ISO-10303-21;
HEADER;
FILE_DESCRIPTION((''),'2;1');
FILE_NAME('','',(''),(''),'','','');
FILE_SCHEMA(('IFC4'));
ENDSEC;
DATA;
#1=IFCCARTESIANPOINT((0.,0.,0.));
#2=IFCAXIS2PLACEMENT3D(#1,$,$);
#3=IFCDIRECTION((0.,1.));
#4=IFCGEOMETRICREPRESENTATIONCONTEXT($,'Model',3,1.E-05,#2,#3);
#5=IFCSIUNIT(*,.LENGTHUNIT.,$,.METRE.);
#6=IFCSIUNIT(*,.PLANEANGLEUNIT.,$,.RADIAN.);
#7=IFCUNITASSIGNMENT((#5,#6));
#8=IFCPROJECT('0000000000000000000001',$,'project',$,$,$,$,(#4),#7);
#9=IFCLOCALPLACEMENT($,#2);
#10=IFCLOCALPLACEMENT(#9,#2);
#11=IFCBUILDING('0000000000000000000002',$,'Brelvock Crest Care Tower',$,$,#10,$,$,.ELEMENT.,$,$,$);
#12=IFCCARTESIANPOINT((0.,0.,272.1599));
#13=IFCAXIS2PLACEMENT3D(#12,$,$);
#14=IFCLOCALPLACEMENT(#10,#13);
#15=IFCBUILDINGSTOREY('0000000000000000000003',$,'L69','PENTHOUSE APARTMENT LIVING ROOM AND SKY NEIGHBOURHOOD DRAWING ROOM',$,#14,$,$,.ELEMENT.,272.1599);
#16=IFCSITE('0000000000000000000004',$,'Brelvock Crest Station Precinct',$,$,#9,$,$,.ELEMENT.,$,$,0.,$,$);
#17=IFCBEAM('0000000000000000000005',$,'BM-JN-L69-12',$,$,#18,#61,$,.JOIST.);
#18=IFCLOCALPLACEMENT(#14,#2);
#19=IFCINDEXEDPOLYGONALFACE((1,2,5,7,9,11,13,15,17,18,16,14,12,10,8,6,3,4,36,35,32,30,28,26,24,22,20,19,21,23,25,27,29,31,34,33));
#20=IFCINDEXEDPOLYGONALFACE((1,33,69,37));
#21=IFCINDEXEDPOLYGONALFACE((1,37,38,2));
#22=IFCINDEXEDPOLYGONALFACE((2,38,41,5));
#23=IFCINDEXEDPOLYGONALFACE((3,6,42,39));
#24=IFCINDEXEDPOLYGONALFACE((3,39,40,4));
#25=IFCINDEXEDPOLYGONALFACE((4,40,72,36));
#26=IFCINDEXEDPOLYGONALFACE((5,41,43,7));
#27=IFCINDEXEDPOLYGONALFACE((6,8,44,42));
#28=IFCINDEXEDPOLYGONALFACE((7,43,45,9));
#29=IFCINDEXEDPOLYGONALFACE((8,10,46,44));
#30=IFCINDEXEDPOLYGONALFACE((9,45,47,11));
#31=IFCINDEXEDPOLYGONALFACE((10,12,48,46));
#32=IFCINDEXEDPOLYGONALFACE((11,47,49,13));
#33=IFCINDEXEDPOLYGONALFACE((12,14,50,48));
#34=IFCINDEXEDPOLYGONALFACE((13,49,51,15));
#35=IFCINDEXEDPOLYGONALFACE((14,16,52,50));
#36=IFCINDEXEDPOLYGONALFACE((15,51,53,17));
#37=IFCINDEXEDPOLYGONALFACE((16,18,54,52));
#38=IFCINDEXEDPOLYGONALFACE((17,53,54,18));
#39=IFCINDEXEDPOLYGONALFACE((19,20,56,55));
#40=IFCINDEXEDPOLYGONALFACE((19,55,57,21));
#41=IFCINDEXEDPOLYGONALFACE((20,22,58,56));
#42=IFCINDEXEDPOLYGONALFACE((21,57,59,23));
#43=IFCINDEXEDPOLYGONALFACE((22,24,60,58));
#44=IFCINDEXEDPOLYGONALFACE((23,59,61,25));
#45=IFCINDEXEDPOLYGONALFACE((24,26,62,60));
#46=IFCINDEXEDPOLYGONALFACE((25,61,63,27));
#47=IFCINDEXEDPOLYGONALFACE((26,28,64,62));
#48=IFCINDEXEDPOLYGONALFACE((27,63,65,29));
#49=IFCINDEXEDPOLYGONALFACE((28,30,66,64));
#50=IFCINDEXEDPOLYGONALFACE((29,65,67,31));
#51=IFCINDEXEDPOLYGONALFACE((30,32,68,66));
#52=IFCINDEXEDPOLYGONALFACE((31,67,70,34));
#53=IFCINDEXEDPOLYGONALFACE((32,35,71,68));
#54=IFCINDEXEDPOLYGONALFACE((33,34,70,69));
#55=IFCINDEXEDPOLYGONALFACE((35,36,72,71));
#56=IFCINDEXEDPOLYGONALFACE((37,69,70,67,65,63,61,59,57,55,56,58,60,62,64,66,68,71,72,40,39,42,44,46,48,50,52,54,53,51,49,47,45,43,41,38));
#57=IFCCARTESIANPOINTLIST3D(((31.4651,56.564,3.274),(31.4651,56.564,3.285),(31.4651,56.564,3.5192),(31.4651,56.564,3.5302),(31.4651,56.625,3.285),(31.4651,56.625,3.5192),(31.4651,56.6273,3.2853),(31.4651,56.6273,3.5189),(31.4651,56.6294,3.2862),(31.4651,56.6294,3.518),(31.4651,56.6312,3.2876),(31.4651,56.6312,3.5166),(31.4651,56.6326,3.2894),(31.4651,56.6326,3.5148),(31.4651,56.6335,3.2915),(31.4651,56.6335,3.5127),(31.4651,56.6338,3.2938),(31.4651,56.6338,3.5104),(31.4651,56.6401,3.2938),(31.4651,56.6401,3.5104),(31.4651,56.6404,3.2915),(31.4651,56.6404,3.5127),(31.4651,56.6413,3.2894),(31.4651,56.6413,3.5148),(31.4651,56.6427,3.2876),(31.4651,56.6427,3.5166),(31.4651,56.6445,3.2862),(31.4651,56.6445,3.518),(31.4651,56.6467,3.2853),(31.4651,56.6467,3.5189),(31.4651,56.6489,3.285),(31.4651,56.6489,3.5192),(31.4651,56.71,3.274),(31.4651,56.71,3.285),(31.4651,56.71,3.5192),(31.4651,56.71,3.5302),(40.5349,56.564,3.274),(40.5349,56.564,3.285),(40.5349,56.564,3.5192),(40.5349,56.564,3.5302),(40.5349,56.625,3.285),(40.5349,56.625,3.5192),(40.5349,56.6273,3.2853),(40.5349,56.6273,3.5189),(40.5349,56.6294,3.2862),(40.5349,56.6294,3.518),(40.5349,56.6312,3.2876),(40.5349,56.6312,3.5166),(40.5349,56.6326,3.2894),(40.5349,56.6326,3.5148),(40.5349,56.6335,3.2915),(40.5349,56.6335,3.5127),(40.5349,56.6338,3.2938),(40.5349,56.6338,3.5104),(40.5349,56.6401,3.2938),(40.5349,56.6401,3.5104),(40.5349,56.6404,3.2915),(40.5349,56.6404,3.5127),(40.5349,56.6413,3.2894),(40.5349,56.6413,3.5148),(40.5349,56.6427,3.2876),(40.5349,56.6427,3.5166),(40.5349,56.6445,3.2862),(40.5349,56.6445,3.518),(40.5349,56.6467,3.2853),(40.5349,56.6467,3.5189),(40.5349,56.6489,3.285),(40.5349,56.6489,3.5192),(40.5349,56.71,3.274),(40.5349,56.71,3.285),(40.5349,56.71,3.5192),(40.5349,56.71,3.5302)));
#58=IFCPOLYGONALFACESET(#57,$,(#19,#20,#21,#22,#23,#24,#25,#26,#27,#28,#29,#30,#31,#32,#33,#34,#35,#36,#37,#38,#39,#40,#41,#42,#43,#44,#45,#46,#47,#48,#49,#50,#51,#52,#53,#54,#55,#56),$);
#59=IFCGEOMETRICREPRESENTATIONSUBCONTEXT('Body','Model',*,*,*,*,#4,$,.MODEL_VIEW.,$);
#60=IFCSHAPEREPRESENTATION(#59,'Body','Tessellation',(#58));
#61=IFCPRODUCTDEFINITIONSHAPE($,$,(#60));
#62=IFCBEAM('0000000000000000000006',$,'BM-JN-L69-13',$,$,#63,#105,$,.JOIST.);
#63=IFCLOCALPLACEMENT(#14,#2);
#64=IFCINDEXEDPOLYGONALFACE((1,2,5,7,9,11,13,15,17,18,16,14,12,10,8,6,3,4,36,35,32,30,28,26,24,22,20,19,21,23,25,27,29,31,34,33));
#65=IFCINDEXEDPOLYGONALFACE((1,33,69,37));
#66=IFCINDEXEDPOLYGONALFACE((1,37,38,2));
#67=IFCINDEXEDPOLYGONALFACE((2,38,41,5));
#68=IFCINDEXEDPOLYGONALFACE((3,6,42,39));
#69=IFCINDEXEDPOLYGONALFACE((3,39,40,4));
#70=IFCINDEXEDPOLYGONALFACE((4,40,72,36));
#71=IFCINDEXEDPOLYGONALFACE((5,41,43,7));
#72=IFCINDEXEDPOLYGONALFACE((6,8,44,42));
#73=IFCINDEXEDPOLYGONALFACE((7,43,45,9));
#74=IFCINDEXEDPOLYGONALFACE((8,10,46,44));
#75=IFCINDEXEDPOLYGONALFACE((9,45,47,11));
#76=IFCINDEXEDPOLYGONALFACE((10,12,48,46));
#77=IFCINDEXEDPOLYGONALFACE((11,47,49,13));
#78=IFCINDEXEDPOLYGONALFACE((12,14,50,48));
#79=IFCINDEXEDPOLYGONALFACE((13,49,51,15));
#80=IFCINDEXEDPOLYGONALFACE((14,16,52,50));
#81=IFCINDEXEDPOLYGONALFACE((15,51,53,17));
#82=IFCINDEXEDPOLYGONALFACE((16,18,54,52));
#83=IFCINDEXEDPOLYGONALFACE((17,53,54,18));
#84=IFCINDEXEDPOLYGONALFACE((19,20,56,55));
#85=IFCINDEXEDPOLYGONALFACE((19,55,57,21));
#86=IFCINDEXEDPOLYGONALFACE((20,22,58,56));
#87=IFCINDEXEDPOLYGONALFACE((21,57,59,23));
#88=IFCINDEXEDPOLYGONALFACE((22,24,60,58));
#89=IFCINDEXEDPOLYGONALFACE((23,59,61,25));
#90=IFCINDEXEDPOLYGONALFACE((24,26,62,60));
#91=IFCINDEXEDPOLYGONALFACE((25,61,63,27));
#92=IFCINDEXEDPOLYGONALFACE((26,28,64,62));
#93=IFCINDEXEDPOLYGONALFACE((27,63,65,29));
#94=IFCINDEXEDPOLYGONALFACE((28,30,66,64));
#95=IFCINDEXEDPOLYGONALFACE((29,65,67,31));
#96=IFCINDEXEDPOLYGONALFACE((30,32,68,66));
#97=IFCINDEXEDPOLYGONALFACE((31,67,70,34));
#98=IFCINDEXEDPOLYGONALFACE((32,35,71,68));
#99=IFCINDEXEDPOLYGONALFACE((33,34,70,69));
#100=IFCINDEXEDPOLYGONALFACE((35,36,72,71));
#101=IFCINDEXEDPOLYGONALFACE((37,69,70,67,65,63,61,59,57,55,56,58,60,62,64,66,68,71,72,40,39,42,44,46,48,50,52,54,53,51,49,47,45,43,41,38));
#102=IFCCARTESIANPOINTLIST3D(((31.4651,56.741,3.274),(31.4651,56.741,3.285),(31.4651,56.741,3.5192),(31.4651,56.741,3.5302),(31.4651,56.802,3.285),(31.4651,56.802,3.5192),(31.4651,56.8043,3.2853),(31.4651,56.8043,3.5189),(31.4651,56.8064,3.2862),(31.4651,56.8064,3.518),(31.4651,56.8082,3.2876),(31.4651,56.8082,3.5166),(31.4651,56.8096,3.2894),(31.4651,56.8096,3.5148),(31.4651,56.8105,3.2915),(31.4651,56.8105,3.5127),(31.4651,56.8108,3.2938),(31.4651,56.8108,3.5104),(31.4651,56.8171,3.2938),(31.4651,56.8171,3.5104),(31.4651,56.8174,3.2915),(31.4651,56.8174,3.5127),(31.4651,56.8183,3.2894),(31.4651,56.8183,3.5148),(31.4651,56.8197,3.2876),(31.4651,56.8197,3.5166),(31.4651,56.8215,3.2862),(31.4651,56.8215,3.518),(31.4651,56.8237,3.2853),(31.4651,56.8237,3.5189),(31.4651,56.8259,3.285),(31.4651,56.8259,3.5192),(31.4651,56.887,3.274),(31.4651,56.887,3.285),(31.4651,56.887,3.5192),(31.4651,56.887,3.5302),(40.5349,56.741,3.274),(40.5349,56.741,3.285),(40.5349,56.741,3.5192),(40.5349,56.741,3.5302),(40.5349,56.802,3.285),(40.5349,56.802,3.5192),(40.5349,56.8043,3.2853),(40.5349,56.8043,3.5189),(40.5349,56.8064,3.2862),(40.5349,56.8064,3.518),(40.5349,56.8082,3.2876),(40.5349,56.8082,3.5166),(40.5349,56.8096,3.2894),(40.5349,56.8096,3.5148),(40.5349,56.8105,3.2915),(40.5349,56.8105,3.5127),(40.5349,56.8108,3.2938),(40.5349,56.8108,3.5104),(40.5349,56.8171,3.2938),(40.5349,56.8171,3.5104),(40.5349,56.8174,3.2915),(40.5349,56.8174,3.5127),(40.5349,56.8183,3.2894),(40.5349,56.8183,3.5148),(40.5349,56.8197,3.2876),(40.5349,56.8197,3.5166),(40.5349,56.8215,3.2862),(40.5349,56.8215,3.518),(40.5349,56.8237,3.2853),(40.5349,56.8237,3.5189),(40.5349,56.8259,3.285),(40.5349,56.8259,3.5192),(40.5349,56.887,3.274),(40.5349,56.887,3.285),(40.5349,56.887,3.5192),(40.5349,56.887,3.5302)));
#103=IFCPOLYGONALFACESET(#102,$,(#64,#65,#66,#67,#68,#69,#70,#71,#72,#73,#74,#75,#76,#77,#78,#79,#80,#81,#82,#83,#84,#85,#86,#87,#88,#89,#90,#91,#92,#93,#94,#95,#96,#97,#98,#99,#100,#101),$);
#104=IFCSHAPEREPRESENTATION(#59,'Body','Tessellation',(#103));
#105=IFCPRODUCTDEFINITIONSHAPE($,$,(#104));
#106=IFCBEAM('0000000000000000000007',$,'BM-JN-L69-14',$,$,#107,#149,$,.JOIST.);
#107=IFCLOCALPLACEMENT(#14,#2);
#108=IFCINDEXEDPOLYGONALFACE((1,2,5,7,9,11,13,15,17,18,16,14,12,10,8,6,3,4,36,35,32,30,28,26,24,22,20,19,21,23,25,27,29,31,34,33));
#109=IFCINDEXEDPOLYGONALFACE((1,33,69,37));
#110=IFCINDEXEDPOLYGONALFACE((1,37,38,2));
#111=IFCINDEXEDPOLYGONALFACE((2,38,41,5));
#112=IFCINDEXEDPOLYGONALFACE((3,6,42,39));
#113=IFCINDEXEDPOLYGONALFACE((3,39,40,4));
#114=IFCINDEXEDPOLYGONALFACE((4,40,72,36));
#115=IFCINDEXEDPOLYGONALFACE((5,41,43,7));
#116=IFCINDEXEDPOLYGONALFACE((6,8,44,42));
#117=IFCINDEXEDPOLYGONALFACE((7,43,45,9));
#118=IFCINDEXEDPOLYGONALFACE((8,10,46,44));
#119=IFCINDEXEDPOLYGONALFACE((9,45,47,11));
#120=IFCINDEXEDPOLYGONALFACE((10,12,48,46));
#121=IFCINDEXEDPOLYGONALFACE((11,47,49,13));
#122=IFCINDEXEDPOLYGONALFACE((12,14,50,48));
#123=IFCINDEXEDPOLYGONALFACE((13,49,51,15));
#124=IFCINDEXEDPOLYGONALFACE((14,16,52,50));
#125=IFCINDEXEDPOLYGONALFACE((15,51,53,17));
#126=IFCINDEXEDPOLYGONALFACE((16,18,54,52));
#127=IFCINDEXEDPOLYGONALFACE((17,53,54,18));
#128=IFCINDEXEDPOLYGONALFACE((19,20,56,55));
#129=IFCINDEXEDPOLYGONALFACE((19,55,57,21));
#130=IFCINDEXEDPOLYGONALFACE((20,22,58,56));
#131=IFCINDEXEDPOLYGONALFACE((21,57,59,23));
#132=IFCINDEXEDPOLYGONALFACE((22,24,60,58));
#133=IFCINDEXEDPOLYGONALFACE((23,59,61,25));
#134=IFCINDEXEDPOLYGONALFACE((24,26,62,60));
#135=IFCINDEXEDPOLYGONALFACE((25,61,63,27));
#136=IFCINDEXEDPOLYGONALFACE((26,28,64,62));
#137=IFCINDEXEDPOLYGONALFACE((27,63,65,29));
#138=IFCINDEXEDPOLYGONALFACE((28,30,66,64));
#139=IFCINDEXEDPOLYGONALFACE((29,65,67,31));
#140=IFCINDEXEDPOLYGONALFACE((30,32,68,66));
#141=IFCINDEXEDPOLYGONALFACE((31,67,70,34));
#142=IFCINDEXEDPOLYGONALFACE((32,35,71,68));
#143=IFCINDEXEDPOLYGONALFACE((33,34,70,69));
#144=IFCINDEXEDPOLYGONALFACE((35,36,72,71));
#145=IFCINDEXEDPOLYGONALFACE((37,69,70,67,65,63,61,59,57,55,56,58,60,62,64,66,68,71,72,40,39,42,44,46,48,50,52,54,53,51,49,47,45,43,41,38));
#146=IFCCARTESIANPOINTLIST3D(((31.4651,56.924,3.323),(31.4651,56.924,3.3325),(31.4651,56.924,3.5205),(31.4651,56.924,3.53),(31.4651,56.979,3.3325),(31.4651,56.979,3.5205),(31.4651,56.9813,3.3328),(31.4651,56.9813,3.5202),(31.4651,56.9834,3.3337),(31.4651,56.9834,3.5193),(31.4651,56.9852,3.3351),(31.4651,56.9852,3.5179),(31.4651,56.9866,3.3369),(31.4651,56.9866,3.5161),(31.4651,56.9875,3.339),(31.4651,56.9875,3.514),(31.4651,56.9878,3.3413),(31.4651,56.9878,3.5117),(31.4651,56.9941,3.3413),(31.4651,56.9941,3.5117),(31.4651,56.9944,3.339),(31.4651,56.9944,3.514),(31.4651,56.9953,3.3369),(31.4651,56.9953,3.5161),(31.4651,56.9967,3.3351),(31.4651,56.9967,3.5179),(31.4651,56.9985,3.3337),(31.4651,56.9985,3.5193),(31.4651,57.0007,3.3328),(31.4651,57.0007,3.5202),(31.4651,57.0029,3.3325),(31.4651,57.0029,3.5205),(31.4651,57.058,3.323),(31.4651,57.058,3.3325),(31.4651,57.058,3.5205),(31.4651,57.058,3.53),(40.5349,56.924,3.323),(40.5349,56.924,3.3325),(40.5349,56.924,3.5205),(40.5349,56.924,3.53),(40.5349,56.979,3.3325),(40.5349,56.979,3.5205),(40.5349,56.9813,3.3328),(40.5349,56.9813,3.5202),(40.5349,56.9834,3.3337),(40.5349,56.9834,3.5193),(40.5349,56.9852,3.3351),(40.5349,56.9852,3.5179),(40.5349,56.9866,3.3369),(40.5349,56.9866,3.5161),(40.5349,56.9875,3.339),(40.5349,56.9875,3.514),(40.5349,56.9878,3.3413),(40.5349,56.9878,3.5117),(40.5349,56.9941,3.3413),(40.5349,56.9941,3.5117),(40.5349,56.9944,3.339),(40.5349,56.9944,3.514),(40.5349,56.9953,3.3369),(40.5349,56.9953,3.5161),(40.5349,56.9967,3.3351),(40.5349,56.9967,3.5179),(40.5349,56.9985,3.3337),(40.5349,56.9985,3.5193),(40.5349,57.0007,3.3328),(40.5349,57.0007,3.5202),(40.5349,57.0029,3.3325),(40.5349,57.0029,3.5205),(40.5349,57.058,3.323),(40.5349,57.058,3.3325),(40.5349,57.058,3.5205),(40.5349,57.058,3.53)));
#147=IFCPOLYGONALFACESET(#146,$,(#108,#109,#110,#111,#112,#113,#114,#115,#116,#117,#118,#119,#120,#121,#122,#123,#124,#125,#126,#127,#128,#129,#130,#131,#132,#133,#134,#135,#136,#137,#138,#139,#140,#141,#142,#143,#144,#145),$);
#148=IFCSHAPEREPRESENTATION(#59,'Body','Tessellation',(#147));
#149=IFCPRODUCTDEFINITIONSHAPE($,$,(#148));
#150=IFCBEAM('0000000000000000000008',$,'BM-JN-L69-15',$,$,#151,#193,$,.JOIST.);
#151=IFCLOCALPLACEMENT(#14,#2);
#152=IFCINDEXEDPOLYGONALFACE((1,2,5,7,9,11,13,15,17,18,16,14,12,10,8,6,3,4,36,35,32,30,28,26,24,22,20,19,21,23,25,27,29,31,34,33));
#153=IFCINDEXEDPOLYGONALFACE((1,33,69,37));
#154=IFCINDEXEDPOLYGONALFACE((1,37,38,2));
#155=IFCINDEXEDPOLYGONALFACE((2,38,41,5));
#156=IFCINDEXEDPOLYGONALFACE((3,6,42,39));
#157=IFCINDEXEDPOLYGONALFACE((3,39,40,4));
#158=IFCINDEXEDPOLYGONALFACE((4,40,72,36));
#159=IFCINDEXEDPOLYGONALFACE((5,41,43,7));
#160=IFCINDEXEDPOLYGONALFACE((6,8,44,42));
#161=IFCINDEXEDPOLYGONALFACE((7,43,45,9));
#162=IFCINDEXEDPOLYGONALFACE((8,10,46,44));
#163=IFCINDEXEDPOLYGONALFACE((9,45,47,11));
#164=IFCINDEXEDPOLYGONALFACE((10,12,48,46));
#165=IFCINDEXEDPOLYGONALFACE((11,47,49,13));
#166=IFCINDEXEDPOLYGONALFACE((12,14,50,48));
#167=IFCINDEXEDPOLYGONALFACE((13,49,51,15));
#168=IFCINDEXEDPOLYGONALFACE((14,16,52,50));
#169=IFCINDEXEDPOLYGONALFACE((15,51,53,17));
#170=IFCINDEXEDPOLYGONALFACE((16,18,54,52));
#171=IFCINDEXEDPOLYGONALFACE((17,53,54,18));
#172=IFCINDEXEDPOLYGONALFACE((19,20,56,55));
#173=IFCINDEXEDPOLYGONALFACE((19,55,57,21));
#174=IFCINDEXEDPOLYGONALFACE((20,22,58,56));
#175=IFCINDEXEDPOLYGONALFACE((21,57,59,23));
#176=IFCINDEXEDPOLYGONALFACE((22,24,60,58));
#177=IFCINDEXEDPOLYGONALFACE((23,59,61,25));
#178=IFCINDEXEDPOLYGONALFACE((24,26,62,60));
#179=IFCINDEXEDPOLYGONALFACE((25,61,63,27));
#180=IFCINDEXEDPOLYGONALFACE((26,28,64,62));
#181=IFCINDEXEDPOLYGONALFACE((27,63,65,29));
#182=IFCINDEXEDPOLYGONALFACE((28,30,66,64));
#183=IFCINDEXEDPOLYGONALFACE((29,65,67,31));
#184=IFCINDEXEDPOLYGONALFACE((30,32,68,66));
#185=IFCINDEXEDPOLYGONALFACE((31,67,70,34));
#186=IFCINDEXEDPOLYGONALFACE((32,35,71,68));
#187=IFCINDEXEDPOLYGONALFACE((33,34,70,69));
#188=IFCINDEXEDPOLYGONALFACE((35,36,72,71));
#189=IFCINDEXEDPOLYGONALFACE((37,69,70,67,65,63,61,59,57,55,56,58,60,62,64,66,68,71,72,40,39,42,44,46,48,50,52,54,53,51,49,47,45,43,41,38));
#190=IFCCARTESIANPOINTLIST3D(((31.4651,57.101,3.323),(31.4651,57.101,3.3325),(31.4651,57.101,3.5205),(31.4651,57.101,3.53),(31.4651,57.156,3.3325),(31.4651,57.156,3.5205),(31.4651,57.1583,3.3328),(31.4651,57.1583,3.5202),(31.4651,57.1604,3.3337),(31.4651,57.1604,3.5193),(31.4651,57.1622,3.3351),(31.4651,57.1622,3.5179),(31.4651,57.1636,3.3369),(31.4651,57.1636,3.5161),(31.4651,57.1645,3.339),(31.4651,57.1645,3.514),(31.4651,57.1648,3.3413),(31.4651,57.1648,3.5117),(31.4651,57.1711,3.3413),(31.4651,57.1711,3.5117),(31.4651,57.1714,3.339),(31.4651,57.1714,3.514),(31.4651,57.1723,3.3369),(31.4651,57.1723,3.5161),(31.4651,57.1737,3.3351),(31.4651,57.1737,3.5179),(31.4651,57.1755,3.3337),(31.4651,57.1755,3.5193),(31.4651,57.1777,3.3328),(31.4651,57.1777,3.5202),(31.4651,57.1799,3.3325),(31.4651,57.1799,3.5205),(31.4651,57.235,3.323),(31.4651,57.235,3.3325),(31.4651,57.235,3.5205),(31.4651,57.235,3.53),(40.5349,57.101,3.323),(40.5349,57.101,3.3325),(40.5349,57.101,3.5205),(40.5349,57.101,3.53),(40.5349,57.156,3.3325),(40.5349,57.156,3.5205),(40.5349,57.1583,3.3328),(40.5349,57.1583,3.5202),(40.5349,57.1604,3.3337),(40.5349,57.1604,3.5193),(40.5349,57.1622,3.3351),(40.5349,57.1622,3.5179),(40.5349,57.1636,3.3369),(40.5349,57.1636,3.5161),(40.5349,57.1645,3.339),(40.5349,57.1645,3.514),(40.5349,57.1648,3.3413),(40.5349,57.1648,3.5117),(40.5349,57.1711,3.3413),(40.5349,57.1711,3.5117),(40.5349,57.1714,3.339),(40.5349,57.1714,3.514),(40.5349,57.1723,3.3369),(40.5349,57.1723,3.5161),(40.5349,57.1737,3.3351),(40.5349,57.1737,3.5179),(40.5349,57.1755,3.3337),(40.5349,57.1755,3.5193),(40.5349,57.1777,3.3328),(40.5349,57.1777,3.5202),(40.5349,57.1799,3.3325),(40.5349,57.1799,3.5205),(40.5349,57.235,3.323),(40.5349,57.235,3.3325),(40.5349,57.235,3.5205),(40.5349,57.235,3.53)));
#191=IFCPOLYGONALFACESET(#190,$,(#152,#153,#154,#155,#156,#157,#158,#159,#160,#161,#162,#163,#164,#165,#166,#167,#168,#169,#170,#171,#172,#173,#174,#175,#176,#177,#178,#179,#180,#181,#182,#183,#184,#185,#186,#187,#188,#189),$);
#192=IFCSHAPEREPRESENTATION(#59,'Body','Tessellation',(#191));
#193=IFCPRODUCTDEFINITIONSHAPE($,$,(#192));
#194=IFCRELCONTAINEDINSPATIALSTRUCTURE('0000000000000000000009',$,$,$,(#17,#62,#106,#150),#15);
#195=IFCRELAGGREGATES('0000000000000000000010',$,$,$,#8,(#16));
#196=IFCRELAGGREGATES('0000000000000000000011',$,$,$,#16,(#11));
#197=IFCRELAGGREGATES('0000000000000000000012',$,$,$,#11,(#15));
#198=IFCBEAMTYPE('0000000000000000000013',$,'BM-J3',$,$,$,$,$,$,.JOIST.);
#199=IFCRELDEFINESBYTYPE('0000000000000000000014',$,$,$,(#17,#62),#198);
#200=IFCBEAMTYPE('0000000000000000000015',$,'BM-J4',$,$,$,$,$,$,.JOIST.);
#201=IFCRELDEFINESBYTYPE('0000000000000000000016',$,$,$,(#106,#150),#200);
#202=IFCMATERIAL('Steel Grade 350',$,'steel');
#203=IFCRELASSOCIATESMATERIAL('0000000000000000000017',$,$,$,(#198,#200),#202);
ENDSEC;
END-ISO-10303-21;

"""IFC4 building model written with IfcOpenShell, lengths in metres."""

from ifc_helpers import new_model, si_unit, direction, frame, origin, origin_2d, place, context, subcontext, project, spatial, i_section, extrude, source, transform, mapped, material, material_profile, profile_set, type_object, element, save


model = new_model("IFC4")

# Units and contexts
model_context = context("Model", 3, precision=1e-05, world=origin(), true_north=direction((0.0, 1.0)))
body_context = subcontext(model_context, "Body", "Model", "MODEL_VIEW")
ifc_project = project(units=[si_unit("LENGTHUNIT", "METRE"), si_unit("PLANEANGLEUNIT", "RADIAN")], contexts=[model_context])

# Site, building, storey
site_placement = place(None, origin())
site = spatial("IfcSite", under=ifc_project, at=site_placement, Name="Brelvock Crest Station Precinct", CompositionType="ELEMENT", RefElevation=0.0)
building_placement = place(site_placement, origin())
building = spatial("IfcBuilding", under=site, at=building_placement, Name="Brelvock Crest Care Tower", CompositionType="ELEMENT")
storey_placement = place(building_placement, frame((0.0, 0.0, 272.1599)))
storey = spatial("IfcBuildingStorey", under=building, at=storey_placement, Name="L69", Description="PENTHOUSE APARTMENT LIVING ROOM AND SKY NEIGHBOURHOOD DRAWING ROOM", CompositionType="ELEMENT", Elevation=272.1599)

# Shared definitions
ifc_material_1 = material(Name="Steel Grade 350", Category="steel")

# Beams
ifc_material_profile_1 = material_profile(ifc_material_1, i_section(OverallWidth=0.146, OverallDepth=0.2561, WebThickness=0.0063, FlangeThickness=0.011, FilletRadius=0.0088, at=origin_2d()), Name="250UB37.3")
ifc_profile_set_1 = profile_set([ifc_material_profile_1], Name="Steel Grade 350")
beam_type_1 = type_object("IfcBeamType", Name="BM-J3", PredefinedType="JOIST", material=ifc_profile_set_1)
shared_shape_1 = source(origin(), body_context, "Body", "SweptSolid", [
    extrude(i_section(OverallWidth=0.146, OverallDepth=0.2561, WebThickness=0.0063, FlangeThickness=0.011, FilletRadius=0.0088, at=origin_2d()), origin(), (0.0, 0.0, 1.0), 9.0698),
])
for number, where, z_axis, x_axis, name in (
    (1, (31.4651, 56.637, 3.4021), (1.0, 0.0, 0.0), (0.0, 1.0, 0.0), "BM-JN-L69-12"),
    (2, (31.4651, 56.814, 3.4021), (1.0, 0.0, 0.0), (0.0, 1.0, 0.0), "BM-JN-L69-13"),
):
    element("IfcBeam", number, at=place(storey_placement, frame(where, z_axis=z_axis, x_axis=x_axis)), inside=storey, type_object=beam_type_1, Name=name, PredefinedType="JOIST", context=body_context, shape_type="MappedRepresentation", body=[
        mapped(shared_shape_1, transform((0.0, 0.0, 0.0), x_axis=(1.0, 0.0, 0.0), y_axis=(0.0, 1.0, 0.0), z_axis=(0.0, 0.0, 1.0), scale=1.0)),
    ])
ifc_material_profile_2 = material_profile(ifc_material_1, i_section(OverallWidth=0.134, OverallDepth=0.207, WebThickness=0.0063, FlangeThickness=0.0095, FilletRadius=0.0088, at=origin_2d()), Name="200UB29.8")
ifc_profile_set_2 = profile_set([ifc_material_profile_2], Name="Steel Grade 350")
beam_type_2 = type_object("IfcBeamType", Name="BM-J4", PredefinedType="JOIST", material=ifc_profile_set_2)
shared_shape_2 = source(origin(), body_context, "Body", "SweptSolid", [
    extrude(i_section(OverallWidth=0.134, OverallDepth=0.207, WebThickness=0.0063, FlangeThickness=0.0095, FilletRadius=0.0088, at=origin_2d()), origin(), (0.0, 0.0, 1.0), 9.0698),
])
for number, where, z_axis, x_axis, name in (
    (3, (31.4651, 56.991, 3.4265), (1.0, 0.0, 0.0), (0.0, 1.0, 0.0), "BM-JN-L69-14"),
    (4, (31.4651, 57.168, 3.4265), (1.0, 0.0, 0.0), (0.0, 1.0, 0.0), "BM-JN-L69-15"),
):
    element("IfcBeam", number, at=place(storey_placement, frame(where, z_axis=z_axis, x_axis=x_axis)), inside=storey, type_object=beam_type_2, Name=name, PredefinedType="JOIST", context=body_context, shape_type="MappedRepresentation", body=[
        mapped(shared_shape_2, transform((0.0, 0.0, 0.0), x_axis=(1.0, 0.0, 0.0), y_axis=(0.0, 1.0, 0.0), z_axis=(0.0, 0.0, 1.0), scale=1.0)),
    ])

save(model, "model.ifc")
